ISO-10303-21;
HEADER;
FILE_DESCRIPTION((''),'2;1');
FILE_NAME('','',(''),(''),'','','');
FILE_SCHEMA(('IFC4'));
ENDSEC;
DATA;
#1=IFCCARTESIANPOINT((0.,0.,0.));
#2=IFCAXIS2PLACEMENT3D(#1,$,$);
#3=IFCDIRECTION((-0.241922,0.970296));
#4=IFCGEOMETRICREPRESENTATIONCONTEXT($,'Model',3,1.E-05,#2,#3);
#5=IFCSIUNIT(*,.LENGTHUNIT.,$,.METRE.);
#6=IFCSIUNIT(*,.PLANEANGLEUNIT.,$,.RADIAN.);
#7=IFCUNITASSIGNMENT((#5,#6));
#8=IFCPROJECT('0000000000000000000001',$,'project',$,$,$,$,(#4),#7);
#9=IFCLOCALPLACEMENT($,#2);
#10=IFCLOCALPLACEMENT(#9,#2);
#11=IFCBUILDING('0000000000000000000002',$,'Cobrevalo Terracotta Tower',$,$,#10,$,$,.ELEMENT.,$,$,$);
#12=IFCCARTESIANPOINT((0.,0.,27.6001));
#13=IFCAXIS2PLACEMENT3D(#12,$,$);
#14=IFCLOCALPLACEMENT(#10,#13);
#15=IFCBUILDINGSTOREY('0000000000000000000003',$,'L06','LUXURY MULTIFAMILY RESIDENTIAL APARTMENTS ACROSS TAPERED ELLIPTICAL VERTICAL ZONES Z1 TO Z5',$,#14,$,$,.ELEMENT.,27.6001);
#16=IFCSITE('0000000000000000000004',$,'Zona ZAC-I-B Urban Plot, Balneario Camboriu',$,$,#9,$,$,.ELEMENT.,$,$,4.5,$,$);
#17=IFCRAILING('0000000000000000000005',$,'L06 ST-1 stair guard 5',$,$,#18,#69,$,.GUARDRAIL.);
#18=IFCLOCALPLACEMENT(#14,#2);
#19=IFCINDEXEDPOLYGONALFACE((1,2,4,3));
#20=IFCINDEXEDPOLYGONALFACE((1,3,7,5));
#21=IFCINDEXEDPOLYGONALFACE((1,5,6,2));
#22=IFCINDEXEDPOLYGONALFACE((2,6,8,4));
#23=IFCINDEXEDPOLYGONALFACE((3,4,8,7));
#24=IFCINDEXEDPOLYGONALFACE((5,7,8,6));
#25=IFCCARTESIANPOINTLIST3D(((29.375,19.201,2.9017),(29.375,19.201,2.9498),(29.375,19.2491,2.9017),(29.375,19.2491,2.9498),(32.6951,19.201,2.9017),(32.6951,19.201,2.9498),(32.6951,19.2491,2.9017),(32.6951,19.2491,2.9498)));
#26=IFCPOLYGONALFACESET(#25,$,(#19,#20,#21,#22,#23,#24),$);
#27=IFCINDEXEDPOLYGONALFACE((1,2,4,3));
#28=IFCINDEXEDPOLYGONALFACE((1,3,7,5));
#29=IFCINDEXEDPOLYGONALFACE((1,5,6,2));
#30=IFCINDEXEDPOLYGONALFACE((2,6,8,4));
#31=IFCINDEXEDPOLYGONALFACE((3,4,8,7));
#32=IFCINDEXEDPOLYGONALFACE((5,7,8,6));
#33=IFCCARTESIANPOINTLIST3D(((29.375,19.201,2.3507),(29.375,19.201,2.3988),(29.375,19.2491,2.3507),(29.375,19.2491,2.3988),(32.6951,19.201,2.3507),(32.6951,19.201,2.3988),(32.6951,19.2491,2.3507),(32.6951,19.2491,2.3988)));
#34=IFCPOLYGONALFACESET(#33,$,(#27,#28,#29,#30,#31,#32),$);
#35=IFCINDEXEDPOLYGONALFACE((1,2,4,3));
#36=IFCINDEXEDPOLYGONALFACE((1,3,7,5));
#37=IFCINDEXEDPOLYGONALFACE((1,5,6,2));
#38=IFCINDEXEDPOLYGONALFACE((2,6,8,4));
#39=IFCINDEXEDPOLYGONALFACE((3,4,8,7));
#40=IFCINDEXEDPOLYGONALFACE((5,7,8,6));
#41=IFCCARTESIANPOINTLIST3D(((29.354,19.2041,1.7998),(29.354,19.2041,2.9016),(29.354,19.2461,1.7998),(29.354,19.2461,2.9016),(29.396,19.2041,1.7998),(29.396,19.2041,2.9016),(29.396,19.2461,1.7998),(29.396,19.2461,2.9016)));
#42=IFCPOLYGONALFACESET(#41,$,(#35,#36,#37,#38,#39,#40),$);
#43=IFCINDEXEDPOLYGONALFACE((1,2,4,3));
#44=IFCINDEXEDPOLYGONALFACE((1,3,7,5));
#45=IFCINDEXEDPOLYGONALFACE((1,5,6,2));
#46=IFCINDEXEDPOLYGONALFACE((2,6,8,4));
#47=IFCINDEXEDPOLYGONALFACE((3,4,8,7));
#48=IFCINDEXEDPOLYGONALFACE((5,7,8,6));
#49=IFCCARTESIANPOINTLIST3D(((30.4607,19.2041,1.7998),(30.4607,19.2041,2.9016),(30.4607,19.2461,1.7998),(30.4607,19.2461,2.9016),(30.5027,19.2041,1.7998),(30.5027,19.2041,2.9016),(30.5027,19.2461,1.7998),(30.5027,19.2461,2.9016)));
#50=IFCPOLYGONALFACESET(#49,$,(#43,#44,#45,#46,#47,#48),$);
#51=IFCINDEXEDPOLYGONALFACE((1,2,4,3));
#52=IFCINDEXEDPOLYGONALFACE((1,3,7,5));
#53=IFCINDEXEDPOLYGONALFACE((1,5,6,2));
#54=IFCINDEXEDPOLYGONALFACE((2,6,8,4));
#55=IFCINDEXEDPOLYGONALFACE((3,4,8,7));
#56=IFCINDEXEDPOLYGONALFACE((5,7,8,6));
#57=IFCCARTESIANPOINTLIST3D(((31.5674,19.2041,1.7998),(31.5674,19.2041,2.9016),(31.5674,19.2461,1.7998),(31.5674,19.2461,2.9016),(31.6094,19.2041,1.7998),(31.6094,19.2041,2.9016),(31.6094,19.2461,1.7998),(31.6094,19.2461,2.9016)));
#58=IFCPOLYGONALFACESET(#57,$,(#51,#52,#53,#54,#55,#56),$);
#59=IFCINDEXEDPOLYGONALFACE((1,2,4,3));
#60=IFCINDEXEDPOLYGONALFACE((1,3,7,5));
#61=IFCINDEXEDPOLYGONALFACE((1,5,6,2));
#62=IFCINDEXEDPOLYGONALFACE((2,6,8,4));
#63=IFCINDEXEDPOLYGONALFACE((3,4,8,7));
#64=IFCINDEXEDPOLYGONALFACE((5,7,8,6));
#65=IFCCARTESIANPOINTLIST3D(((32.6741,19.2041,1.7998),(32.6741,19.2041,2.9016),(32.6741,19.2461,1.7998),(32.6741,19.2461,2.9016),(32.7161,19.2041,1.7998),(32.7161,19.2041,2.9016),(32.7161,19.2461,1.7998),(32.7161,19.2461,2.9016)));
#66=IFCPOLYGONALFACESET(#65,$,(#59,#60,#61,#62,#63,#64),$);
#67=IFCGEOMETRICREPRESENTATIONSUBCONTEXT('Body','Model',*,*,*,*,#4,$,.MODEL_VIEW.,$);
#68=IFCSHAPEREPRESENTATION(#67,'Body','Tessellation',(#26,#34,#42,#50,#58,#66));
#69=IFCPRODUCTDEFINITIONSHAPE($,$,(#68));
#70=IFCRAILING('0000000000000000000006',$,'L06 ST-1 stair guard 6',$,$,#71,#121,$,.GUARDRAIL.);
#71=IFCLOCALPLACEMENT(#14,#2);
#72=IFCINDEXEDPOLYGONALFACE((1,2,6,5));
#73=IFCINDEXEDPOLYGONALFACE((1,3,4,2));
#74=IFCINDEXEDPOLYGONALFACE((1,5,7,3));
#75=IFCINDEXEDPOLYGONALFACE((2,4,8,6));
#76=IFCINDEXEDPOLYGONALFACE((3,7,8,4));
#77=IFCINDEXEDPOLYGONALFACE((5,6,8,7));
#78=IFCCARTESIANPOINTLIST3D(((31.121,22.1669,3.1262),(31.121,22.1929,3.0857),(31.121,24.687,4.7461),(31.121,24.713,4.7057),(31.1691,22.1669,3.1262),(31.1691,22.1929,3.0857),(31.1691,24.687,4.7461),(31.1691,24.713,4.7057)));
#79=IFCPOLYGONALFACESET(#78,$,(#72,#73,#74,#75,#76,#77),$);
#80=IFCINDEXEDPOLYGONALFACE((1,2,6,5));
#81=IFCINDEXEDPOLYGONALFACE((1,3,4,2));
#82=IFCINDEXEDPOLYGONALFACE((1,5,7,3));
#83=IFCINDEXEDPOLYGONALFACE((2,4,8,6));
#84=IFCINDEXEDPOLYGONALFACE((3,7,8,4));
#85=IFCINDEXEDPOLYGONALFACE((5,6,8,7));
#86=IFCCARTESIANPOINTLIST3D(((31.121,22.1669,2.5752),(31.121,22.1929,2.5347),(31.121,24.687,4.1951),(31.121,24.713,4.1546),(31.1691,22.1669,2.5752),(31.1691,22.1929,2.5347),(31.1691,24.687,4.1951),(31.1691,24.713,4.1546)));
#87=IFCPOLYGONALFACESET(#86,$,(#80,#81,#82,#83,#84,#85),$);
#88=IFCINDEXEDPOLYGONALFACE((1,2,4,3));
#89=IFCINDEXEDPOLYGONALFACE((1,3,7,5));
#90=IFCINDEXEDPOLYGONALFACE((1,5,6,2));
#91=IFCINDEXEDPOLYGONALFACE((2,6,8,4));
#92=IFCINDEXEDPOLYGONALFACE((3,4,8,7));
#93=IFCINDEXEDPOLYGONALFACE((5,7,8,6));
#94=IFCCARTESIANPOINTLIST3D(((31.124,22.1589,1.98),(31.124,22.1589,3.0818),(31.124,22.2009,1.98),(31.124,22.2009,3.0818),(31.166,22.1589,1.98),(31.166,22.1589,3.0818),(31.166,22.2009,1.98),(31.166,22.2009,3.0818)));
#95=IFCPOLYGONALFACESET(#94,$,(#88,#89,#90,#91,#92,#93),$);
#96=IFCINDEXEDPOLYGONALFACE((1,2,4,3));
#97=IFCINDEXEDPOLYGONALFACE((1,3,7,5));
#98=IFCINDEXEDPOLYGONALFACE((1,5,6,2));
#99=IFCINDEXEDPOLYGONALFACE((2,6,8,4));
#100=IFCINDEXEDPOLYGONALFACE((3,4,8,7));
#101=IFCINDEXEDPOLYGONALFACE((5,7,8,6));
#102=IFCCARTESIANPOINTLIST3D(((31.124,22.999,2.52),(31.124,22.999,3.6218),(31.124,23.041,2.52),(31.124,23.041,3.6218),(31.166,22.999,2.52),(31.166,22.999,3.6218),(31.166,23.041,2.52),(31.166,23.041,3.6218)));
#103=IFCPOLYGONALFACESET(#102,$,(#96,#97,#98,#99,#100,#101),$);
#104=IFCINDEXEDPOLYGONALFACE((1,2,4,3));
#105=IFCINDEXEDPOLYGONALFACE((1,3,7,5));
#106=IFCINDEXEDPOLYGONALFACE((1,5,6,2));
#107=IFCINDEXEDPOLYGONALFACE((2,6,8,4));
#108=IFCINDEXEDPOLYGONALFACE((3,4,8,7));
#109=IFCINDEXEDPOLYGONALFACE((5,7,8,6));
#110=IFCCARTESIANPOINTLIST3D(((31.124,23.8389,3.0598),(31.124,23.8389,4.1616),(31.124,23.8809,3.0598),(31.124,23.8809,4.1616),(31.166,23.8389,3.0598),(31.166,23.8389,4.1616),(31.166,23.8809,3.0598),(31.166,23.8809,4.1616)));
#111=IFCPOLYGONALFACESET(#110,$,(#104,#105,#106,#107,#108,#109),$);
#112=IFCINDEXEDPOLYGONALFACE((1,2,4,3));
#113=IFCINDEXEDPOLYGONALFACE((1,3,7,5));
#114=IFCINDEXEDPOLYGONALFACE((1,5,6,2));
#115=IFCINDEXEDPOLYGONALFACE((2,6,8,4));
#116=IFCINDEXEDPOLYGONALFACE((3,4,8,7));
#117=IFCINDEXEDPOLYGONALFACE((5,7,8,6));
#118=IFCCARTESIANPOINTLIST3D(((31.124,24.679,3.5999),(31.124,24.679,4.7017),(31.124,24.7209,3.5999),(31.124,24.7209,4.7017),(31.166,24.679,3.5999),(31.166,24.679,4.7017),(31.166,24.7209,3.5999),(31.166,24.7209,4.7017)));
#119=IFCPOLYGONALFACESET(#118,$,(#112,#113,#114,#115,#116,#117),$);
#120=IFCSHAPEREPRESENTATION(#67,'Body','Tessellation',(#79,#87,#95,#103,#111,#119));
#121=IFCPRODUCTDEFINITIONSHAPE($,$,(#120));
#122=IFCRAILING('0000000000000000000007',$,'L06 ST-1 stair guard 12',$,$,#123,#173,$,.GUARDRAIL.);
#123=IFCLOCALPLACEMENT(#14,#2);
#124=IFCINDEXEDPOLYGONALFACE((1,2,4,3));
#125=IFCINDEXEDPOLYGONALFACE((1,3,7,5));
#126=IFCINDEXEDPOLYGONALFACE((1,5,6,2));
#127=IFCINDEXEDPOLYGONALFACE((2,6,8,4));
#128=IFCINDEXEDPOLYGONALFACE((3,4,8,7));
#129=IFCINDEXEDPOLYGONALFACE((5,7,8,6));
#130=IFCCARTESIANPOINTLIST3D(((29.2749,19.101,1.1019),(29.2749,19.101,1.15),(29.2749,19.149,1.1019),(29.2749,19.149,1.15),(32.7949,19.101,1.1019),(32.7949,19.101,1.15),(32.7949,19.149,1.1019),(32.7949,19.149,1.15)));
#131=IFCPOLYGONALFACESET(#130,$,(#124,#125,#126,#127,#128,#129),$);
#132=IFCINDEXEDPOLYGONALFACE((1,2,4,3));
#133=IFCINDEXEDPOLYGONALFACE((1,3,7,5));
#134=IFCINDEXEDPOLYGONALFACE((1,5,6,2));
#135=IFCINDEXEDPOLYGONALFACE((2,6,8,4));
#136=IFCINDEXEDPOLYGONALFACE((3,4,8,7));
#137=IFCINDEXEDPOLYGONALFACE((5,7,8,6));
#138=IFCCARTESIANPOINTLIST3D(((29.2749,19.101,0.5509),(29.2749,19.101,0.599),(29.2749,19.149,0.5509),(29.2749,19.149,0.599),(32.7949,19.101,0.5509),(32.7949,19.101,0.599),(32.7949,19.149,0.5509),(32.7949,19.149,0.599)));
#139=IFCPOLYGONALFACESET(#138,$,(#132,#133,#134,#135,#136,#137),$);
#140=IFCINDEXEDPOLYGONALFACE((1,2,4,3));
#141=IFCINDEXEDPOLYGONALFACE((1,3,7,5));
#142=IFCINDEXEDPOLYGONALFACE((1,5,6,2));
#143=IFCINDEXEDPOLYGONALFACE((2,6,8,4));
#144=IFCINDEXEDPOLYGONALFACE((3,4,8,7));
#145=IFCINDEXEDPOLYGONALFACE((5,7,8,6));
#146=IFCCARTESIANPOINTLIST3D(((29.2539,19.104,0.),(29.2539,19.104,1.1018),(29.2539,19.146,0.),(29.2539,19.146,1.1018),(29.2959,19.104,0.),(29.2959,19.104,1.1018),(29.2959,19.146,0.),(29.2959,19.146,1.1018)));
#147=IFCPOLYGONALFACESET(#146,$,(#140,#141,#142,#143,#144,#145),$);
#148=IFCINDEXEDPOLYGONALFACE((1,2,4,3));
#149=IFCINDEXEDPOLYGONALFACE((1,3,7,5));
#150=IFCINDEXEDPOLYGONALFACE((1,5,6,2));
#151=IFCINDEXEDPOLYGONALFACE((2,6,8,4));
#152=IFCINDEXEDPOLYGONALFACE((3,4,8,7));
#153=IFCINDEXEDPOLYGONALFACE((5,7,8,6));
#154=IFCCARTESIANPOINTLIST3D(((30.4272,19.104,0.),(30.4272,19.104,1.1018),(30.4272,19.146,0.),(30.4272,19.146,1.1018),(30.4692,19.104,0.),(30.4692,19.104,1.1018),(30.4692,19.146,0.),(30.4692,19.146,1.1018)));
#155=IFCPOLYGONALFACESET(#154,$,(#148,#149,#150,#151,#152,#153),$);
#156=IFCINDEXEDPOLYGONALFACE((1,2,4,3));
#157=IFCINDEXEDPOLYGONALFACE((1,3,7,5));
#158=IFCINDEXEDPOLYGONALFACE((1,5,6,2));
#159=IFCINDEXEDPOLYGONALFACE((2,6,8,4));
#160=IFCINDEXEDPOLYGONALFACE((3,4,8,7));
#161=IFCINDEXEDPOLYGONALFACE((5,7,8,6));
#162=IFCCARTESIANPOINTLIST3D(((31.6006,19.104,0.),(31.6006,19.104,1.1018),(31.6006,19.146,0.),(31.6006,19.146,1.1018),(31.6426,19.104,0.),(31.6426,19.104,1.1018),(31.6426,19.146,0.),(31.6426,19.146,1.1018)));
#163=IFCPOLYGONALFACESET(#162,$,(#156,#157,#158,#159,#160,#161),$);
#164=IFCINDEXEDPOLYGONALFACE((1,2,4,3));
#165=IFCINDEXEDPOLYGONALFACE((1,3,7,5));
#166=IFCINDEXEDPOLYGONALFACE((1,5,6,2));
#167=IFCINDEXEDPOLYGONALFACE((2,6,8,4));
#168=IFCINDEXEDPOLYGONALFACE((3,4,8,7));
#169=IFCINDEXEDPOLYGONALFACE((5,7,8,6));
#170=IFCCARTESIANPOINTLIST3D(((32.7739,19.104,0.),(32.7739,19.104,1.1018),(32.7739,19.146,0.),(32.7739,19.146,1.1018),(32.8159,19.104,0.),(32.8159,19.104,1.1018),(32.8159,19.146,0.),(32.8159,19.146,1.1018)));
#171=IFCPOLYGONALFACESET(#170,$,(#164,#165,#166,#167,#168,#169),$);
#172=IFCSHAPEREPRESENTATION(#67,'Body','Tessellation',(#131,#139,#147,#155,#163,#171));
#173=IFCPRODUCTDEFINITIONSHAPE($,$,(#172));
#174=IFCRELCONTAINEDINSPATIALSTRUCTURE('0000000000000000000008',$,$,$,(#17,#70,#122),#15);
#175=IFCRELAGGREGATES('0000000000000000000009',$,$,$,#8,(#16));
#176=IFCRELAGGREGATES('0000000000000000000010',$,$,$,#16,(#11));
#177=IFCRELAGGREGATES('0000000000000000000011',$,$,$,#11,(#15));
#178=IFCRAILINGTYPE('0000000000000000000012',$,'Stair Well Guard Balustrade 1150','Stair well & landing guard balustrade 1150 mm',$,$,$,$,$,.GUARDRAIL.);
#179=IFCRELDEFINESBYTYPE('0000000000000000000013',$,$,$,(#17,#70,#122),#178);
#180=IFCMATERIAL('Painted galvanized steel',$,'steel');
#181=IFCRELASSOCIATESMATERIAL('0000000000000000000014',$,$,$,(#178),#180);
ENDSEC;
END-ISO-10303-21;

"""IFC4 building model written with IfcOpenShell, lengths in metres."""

from ifc_helpers import new_model, si_unit, direction, frame, origin, origin_2d, place, context, subcontext, project, spatial, rectangle, extrude, material, type_object, element, save


model = new_model("IFC4")

# Units and contexts
model_context = context("Model", 3, precision=1e-05, world=origin(), true_north=direction((-0.241922, 0.970296)))
body_context = subcontext(model_context, "Body", "Model", "MODEL_VIEW")
ifc_project = project(units=[si_unit("LENGTHUNIT", "METRE"), si_unit("PLANEANGLEUNIT", "RADIAN")], contexts=[model_context])

# Site, building, storey
site_placement = place(None, origin())
site = spatial("IfcSite", under=ifc_project, at=site_placement, Name="Zona ZAC-I-B Urban Plot, Balneario Camboriu", CompositionType="ELEMENT", RefElevation=4.5)
building_placement = place(site_placement, origin())
building = spatial("IfcBuilding", under=site, at=building_placement, Name="Cobrevalo Terracotta Tower", CompositionType="ELEMENT")
storey_placement = place(building_placement, frame((0.0, 0.0, 27.6001)))
storey = spatial("IfcBuildingStorey", under=building, at=storey_placement, Name="L06", Description="LUXURY MULTIFAMILY RESIDENTIAL APARTMENTS ACROSS TAPERED ELLIPTICAL VERTICAL ZONES Z1 TO Z5", CompositionType="ELEMENT", Elevation=27.6001)

# Railings
ifc_material_1 = material(Name="Painted galvanized steel", Category="steel")
railing_type_1 = type_object("IfcRailingType", Name="Stair Well Guard Balustrade 1150", Description="Stair well & landing guard balustrade 1150 mm", PredefinedType="GUARDRAIL", material=ifc_material_1)
railing_1_placement = place(storey_placement, frame((29.375, 19.2251, 1.7998)))
element("IfcRailing", 1, at=railing_1_placement, inside=storey, type_object=railing_type_1, Name="L06 ST-1 stair guard 5", PredefinedType="GUARDRAIL", context=body_context, shape_type="SweptSolid", body=[
    extrude(rectangle(XDim=0.0481, YDim=0.0481, at=origin_2d()), frame((0.0, 0.0, 1.126), z_axis=(1.0, 0.0, 0.0), x_axis=(0.0, 1.0, 0.0)), (0.0, 0.0, 1.0), 3.3201),
    extrude(rectangle(XDim=0.0481, YDim=0.0481, at=origin_2d()), frame((0.0, 0.0, 0.575), z_axis=(1.0, 0.0, 0.0), x_axis=(0.0, 1.0, 0.0)), (0.0, 0.0, 1.0), 3.3201),
    extrude(rectangle(XDim=0.042, YDim=0.042, at=origin_2d()), origin(), (0.0, 0.0, 1.0), 1.1018),
    extrude(rectangle(XDim=0.042, YDim=0.042, at=origin_2d()), frame((1.1067, 0.0, 0.0)), (0.0, 0.0, 1.0), 1.1018),
    extrude(rectangle(XDim=0.042, YDim=0.042, at=origin_2d()), frame((2.2134, 0.0, 0.0)), (0.0, 0.0, 1.0), 1.1018),
    extrude(rectangle(XDim=0.042, YDim=0.042, at=origin_2d()), frame((3.3201, 0.0, 0.0)), (0.0, 0.0, 1.0), 1.1018),
])
railing_2_placement = place(storey_placement, frame((31.145, 22.1799, 1.98)))
element("IfcRailing", 2, at=railing_2_placement, inside=storey, type_object=railing_type_1, Name="L06 ST-1 stair guard 6", PredefinedType="GUARDRAIL", context=body_context, shape_type="SweptSolid", body=[
    extrude(rectangle(XDim=0.0481, YDim=0.0481, at=origin_2d()), frame((0.0, 0.0, 1.126), z_axis=(0.0, 0.8412, 0.540725), x_axis=(-1.0, 0.0, 0.0)), (0.0, 0.0, 1.0), 2.9958),
    extrude(rectangle(XDim=0.0481, YDim=0.0481, at=origin_2d()), frame((0.0, 0.0, 0.575), z_axis=(0.0, 0.8412, 0.540725), x_axis=(-1.0, 0.0, 0.0)), (0.0, 0.0, 1.0), 2.9958),
    extrude(rectangle(XDim=0.042, YDim=0.042, at=origin_2d()), origin(), (0.0, 0.0, 1.0), 1.1018),
    extrude(rectangle(XDim=0.042, YDim=0.042, at=origin_2d()), frame((0.0, 0.8401, 0.54)), (0.0, 0.0, 1.0), 1.1018),
    extrude(rectangle(XDim=0.042, YDim=0.042, at=origin_2d()), frame((0.0, 1.6799, 1.0798)), (0.0, 0.0, 1.0), 1.1018),
    extrude(rectangle(XDim=0.042, YDim=0.042, at=origin_2d()), frame((0.0, 2.52, 1.6199)), (0.0, 0.0, 1.0), 1.1018),
])
railing_3_placement = place(storey_placement, frame((29.2749, 19.125, 0.0)))
element("IfcRailing", 3, at=railing_3_placement, inside=storey, type_object=railing_type_1, Name="L06 ST-1 stair guard 12", PredefinedType="GUARDRAIL", context=body_context, shape_type="SweptSolid", body=[
    extrude(rectangle(XDim=0.0481, YDim=0.0481, at=origin_2d()), frame((0.0, 0.0, 1.126), z_axis=(1.0, 0.0, 0.0), x_axis=(0.0, 1.0, 0.0)), (0.0, 0.0, 1.0), 3.52),
    extrude(rectangle(XDim=0.0481, YDim=0.0481, at=origin_2d()), frame((0.0, 0.0, 0.575), z_axis=(1.0, 0.0, 0.0), x_axis=(0.0, 1.0, 0.0)), (0.0, 0.0, 1.0), 3.52),
    extrude(rectangle(XDim=0.042, YDim=0.042, at=origin_2d()), origin(), (0.0, 0.0, 1.0), 1.1018),
    extrude(rectangle(XDim=0.042, YDim=0.042, at=origin_2d()), frame((1.1733, 0.0, 0.0)), (0.0, 0.0, 1.0), 1.1018),
    extrude(rectangle(XDim=0.042, YDim=0.042, at=origin_2d()), frame((2.3467, 0.0, 0.0)), (0.0, 0.0, 1.0), 1.1018),
    extrude(rectangle(XDim=0.042, YDim=0.042, at=origin_2d()), frame((3.52, 0.0, 0.0)), (0.0, 0.0, 1.0), 1.1018),
])

save(model, "model.ifc")
